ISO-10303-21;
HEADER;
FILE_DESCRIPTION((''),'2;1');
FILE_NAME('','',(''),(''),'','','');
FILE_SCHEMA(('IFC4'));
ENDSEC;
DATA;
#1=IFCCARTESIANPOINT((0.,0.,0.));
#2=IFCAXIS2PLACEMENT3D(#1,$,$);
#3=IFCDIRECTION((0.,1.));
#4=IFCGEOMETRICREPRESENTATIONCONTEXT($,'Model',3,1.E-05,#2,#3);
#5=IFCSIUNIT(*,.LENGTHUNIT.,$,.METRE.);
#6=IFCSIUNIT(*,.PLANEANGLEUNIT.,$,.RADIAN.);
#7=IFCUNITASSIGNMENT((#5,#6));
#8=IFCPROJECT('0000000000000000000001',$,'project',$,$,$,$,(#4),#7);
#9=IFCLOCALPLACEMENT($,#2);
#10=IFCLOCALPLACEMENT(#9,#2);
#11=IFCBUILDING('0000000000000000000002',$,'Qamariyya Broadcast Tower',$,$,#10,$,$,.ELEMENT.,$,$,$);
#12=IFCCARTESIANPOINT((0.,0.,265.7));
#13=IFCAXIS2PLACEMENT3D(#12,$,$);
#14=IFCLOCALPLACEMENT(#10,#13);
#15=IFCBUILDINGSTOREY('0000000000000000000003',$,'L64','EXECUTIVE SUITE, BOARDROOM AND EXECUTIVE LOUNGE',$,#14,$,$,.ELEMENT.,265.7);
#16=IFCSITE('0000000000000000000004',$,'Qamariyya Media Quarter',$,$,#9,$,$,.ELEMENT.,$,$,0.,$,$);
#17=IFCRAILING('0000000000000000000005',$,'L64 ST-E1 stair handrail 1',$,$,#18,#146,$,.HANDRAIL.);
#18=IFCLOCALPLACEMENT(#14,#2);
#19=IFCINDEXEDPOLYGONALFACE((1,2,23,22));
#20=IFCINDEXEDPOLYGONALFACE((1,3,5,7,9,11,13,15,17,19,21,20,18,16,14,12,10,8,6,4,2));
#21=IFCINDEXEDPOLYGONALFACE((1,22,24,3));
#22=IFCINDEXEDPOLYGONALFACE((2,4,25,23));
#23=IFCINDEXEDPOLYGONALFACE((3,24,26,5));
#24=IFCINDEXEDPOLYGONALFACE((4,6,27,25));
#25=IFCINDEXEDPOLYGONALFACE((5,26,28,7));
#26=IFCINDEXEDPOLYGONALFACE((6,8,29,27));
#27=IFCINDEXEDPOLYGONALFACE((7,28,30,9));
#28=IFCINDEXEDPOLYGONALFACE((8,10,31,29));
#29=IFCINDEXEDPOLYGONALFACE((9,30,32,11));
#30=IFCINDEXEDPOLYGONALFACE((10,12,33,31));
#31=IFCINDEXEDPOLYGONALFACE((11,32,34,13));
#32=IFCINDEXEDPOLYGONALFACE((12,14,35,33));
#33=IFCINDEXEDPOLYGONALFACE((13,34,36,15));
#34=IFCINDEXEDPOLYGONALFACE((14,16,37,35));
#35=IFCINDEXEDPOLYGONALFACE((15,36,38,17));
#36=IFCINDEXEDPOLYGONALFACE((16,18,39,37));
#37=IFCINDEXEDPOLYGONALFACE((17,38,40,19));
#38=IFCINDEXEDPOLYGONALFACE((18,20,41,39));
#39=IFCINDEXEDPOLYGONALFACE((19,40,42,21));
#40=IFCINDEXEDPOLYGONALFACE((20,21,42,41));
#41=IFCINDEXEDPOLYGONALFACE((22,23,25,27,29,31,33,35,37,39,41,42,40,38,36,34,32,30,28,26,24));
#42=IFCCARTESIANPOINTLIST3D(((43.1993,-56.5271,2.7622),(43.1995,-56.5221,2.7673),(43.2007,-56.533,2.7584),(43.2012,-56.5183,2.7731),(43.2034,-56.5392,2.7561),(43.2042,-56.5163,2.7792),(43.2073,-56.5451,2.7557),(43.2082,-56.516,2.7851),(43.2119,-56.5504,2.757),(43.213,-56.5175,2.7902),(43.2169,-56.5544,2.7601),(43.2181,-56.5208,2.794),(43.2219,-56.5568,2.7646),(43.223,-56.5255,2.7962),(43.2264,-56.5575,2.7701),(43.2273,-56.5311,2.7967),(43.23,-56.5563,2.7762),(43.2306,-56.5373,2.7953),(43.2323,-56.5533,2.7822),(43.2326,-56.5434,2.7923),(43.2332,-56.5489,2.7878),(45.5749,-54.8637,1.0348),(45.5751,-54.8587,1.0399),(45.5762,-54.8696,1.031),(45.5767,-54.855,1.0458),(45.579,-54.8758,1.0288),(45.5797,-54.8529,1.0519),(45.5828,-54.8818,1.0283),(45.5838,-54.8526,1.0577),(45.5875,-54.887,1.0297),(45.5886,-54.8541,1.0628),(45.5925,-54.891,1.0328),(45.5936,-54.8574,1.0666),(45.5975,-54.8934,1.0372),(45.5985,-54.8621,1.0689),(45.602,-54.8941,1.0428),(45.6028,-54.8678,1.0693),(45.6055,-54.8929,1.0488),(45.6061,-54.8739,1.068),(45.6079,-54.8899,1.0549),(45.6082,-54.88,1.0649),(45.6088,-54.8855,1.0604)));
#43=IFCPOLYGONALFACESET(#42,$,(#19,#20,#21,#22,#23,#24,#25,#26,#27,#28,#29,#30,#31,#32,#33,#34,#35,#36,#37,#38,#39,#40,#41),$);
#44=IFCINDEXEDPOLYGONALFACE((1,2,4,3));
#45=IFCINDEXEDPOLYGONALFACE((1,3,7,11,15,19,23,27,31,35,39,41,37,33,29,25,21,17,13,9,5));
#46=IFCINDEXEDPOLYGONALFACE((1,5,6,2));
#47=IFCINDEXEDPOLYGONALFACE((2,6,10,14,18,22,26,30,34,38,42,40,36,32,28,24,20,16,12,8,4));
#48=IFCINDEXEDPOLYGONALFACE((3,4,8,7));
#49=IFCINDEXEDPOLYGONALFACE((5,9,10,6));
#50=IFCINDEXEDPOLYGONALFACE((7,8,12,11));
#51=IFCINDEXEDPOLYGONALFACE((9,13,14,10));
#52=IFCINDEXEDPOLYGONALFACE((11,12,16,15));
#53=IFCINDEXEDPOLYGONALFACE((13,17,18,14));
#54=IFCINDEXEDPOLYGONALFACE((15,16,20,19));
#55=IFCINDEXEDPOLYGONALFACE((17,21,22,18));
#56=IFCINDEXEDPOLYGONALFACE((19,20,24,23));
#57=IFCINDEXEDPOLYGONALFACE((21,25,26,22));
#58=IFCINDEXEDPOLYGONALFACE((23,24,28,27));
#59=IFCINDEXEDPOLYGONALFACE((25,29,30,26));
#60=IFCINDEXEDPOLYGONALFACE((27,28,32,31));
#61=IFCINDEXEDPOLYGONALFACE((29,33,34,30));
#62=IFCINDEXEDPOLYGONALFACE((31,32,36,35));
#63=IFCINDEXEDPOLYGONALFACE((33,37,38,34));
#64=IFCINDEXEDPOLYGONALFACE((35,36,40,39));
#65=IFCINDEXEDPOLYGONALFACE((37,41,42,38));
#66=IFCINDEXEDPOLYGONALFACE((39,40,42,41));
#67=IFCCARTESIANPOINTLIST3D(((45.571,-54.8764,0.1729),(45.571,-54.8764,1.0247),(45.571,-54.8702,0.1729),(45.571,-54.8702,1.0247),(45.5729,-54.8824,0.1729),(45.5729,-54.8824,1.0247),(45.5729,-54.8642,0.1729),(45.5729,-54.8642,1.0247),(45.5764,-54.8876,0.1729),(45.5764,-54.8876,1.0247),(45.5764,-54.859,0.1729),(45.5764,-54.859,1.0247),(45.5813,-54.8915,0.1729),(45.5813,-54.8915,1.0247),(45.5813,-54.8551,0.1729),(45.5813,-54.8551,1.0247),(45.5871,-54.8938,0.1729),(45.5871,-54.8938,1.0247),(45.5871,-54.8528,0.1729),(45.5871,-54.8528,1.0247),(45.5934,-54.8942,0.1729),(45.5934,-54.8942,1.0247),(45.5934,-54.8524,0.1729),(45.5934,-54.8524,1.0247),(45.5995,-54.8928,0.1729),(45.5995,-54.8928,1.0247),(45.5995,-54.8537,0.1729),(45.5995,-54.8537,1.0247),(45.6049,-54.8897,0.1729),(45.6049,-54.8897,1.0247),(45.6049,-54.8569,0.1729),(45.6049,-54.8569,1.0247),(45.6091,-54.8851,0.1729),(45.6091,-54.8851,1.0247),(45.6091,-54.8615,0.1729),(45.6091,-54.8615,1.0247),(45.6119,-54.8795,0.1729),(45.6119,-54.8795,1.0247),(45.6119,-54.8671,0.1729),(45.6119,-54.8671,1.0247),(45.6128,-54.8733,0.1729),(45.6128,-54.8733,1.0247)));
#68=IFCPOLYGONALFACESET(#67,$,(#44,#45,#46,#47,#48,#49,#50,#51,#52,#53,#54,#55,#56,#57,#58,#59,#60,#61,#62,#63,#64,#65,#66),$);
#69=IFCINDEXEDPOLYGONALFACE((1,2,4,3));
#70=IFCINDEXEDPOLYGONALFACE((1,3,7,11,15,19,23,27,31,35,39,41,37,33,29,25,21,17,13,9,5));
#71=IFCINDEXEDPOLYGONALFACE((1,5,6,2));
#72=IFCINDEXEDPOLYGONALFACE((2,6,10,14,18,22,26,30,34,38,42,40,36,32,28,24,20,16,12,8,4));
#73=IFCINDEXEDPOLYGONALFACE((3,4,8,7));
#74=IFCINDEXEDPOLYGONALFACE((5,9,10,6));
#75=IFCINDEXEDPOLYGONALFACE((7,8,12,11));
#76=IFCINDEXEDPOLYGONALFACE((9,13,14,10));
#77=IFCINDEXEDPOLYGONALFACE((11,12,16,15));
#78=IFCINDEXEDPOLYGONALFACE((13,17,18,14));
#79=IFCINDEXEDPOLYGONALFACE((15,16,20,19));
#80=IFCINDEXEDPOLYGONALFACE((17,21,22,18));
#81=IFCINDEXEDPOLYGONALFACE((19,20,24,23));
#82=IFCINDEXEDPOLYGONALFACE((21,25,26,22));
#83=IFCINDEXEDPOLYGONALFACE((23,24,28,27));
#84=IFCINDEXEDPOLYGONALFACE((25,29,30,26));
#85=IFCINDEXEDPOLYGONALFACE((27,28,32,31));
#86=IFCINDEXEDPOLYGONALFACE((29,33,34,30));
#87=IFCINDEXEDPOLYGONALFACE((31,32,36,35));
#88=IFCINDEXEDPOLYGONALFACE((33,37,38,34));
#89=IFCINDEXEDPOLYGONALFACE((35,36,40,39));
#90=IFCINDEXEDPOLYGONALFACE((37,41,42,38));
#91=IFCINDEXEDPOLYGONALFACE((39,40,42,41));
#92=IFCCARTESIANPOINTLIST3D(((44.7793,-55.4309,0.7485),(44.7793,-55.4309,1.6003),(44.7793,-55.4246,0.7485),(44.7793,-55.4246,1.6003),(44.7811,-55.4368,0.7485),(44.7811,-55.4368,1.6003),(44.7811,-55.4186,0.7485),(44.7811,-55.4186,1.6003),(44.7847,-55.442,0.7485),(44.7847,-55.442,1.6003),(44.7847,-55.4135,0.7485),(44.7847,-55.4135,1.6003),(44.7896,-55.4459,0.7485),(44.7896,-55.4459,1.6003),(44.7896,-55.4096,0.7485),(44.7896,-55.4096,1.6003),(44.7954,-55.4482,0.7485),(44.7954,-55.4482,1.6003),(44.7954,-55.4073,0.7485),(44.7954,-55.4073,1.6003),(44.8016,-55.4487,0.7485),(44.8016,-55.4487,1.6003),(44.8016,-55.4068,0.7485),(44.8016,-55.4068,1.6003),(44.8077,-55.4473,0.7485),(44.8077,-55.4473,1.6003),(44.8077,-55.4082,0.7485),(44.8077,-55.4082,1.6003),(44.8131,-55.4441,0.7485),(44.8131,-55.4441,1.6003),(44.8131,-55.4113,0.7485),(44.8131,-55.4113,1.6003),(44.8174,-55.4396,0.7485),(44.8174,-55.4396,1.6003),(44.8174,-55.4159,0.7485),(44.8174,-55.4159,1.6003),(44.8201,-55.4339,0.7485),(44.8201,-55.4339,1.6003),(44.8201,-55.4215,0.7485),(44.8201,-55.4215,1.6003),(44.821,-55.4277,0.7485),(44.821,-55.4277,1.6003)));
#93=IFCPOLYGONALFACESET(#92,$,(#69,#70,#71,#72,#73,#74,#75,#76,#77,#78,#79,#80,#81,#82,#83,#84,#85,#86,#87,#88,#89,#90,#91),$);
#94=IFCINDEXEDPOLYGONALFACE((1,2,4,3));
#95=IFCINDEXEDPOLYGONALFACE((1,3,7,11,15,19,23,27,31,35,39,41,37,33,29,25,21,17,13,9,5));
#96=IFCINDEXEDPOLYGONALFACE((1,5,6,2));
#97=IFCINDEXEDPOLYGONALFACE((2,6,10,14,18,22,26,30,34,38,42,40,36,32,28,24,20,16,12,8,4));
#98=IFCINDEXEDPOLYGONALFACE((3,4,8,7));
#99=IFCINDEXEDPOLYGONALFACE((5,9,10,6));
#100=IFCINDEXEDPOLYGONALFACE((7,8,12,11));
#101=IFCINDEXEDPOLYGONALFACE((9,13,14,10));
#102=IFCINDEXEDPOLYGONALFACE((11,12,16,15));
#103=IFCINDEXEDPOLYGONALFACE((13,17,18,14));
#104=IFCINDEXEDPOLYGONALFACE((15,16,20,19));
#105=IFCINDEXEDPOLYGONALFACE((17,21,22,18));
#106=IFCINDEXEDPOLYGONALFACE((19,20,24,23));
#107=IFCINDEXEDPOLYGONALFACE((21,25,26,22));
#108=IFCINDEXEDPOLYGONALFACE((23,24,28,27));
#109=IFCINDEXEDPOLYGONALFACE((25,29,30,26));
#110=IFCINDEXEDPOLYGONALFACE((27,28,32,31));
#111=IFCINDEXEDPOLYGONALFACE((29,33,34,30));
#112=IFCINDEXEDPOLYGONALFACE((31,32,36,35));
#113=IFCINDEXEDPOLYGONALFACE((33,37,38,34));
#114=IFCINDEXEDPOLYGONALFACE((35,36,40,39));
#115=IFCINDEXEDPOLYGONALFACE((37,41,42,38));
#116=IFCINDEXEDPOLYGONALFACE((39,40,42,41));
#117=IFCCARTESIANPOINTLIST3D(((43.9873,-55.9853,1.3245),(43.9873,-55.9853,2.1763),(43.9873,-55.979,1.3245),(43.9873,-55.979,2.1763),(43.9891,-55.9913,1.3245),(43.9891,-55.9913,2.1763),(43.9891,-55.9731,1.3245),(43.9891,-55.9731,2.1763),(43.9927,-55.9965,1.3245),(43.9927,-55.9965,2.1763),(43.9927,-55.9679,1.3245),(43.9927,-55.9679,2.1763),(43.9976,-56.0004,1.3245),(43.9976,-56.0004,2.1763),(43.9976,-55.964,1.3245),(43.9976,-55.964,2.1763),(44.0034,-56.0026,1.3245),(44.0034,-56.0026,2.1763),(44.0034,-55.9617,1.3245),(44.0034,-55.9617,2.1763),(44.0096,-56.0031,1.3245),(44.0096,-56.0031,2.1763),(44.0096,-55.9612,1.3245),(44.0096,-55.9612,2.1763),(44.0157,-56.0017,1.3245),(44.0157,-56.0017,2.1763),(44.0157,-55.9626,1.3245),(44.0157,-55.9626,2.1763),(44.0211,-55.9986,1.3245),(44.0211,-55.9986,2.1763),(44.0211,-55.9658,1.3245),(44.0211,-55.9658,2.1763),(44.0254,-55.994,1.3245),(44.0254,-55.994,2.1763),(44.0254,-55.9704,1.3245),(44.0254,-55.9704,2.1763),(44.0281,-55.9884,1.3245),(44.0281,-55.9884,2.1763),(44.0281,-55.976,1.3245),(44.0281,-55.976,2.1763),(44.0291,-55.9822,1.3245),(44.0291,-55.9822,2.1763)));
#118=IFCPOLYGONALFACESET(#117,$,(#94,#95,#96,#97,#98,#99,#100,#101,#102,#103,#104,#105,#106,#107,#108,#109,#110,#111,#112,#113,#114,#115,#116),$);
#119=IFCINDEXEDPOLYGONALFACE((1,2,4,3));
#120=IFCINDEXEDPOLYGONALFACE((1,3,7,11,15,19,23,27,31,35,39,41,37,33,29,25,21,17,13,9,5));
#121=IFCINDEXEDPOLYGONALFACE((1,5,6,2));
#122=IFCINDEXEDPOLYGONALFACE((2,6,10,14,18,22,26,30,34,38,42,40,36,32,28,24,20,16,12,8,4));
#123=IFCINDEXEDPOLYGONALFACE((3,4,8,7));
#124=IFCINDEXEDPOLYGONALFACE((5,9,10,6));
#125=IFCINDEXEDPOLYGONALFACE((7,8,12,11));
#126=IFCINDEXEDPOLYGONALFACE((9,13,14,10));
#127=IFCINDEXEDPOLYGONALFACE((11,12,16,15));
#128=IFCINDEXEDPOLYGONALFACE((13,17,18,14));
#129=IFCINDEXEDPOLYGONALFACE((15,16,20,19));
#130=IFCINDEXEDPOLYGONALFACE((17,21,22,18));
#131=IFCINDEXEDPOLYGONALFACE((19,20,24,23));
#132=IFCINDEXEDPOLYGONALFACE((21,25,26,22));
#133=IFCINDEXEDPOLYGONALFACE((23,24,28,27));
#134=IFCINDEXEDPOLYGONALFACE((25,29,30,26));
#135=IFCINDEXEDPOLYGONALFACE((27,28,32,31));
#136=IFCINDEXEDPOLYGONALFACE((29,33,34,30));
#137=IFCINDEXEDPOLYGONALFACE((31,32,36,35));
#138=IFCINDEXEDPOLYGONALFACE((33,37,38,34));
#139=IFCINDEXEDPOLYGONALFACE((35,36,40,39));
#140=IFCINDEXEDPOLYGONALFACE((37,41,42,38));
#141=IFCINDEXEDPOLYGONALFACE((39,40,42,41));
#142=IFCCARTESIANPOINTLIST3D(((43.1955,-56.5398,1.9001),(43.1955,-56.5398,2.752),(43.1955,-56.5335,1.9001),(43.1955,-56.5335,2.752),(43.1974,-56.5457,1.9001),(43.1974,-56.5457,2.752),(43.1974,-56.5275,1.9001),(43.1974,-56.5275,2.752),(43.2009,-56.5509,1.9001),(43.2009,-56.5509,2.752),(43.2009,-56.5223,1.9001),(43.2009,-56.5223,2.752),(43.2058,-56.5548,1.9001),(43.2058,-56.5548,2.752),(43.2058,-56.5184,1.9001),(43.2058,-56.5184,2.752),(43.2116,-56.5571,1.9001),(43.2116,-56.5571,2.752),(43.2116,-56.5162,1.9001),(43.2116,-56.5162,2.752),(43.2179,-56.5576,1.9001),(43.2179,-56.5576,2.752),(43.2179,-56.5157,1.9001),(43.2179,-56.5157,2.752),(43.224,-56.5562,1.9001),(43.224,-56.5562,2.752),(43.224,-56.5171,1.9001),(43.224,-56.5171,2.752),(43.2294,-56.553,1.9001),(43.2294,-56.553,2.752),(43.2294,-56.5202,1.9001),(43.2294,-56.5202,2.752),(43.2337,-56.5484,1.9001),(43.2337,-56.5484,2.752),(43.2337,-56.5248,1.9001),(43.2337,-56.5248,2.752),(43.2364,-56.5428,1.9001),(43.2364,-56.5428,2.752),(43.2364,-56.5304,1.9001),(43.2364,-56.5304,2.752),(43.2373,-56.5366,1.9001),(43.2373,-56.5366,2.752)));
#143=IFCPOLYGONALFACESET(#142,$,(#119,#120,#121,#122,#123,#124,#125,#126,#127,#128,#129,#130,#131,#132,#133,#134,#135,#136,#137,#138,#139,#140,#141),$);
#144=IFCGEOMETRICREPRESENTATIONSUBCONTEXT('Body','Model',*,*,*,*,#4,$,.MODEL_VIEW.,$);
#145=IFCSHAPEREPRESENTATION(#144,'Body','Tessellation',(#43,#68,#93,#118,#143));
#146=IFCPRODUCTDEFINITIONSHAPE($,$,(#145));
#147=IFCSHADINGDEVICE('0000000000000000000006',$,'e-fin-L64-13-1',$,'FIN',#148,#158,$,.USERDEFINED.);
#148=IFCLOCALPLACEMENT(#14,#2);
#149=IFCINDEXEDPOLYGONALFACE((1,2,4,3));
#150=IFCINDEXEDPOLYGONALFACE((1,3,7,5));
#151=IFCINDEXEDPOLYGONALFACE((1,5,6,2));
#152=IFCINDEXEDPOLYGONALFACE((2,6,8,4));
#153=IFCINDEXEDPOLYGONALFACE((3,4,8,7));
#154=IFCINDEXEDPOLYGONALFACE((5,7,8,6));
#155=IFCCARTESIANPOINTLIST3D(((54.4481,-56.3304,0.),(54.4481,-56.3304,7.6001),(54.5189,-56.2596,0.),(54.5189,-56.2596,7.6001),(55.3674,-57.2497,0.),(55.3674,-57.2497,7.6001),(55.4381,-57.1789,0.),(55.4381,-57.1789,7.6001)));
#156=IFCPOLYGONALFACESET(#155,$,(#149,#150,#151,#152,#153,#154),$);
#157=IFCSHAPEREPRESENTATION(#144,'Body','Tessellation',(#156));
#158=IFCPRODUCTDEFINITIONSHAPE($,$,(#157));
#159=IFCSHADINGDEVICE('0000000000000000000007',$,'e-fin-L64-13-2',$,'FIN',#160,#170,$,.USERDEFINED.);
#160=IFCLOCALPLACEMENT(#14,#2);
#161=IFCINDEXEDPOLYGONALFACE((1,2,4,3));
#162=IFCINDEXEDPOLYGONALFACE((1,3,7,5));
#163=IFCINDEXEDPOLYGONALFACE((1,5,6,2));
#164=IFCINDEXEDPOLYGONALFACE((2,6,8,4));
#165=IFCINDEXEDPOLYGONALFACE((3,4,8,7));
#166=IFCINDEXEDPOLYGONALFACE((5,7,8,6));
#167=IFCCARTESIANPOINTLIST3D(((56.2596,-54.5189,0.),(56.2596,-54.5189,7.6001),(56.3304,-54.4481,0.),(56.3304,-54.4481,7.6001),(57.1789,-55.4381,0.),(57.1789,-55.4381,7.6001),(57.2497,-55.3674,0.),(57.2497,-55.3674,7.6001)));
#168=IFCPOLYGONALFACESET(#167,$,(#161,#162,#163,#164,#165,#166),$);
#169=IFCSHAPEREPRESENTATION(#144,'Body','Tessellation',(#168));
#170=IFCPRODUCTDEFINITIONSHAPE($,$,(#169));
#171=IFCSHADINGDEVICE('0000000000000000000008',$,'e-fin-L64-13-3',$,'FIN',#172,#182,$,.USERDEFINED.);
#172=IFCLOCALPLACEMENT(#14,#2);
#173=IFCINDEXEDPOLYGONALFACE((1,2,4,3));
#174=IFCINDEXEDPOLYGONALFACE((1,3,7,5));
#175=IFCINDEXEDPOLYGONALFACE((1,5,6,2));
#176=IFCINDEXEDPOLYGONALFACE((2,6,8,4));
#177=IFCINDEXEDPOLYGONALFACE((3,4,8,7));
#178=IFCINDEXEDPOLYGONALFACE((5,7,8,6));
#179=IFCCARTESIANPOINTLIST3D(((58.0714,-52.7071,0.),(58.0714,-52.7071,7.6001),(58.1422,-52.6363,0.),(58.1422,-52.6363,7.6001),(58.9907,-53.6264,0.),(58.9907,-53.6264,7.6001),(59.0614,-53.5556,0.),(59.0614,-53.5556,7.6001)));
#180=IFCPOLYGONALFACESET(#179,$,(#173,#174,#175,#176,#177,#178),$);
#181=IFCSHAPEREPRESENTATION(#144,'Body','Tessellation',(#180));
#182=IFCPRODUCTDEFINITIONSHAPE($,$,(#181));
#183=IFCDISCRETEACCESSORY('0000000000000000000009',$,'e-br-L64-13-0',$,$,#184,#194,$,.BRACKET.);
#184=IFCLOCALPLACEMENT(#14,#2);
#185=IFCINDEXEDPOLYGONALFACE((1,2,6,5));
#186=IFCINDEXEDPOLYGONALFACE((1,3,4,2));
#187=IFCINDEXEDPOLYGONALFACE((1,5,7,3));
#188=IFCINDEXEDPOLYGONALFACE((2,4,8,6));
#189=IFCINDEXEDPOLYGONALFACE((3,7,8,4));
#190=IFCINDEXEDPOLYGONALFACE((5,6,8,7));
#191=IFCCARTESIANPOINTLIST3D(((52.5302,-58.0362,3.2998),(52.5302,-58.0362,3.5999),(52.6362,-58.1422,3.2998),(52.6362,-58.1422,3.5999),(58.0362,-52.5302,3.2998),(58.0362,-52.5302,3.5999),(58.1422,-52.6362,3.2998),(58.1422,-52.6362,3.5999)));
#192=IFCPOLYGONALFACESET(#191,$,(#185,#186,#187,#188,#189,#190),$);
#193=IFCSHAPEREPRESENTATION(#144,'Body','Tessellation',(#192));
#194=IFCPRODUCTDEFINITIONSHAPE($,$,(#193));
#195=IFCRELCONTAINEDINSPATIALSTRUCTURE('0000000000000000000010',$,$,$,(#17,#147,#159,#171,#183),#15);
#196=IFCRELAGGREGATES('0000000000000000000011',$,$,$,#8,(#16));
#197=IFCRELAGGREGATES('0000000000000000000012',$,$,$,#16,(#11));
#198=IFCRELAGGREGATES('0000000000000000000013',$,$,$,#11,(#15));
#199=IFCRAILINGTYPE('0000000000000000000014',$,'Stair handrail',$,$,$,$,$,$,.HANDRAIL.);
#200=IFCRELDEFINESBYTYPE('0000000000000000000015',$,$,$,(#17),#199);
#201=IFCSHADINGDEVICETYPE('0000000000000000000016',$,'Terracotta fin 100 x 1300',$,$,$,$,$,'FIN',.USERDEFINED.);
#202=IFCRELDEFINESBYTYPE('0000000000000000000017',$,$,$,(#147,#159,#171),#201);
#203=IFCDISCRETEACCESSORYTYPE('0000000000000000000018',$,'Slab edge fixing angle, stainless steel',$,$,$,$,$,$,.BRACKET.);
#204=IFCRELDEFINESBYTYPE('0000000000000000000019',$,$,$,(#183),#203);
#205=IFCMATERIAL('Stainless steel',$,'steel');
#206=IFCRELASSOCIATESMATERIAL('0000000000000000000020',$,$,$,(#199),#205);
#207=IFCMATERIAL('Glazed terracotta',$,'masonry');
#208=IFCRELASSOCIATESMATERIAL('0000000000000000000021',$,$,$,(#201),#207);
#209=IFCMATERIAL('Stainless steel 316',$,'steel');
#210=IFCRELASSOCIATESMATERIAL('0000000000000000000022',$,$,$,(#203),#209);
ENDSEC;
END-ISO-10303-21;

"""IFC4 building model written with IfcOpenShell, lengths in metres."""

from ifc_helpers import new_model, si_unit, direction, frame, origin, origin_2d, place, context, subcontext, project, spatial, rectangle, circle, extrude, material, material_profile, profile_set, type_object, element, save


model = new_model("IFC4")

# Units and contexts
model_context = context("Model", 3, precision=1e-05, world=origin(), true_north=direction((0.0, 1.0)))
body_context = subcontext(model_context, "Body", "Model", "MODEL_VIEW")
ifc_project = project(units=[si_unit("LENGTHUNIT", "METRE"), si_unit("PLANEANGLEUNIT", "RADIAN")], contexts=[model_context])

# Site, building, storey
site_placement = place(None, origin())
site = spatial("IfcSite", under=ifc_project, at=site_placement, Name="Qamariyya Media Quarter", CompositionType="ELEMENT", RefElevation=0.0)
building_placement = place(site_placement, origin())
building = spatial("IfcBuilding", under=site, at=building_placement, Name="Qamariyya Broadcast Tower", CompositionType="ELEMENT")
storey_placement = place(building_placement, frame((0.0, 0.0, 265.7)))
storey = spatial("IfcBuildingStorey", under=building, at=storey_placement, Name="L64", Description="EXECUTIVE SUITE, BOARDROOM AND EXECUTIVE LOUNGE", CompositionType="ELEMENT", Elevation=265.7)

# Railing
ifc_material_1 = material(Name="Stainless steel", Category="steel")
railing_type_1 = type_object("IfcRailingType", Name="Stair handrail", PredefinedType="HANDRAIL", material=ifc_material_1)
railing_1_placement = place(storey_placement, frame((45.5918, -54.8733, 0.1729)))
element("IfcRailing", 1, at=railing_1_placement, inside=storey, type_object=railing_type_1, Name="L64 ST-E1 stair handrail 1", PredefinedType="HANDRAIL", context=body_context, shape_type="SweptSolid", body=[
    extrude(circle(Radius=0.0239, at=origin_2d()), frame((0.0, 0.0, 0.876), z_axis=(-0.70377, -0.492784, 0.511734), x_axis=(0.573575, -0.819153, 0.0)), (0.0, 0.0, 1.0), 3.3755),
    extrude(circle(Radius=0.021, at=origin_2d()), origin(), (0.0, 0.0, 1.0), 0.8518),
    extrude(circle(Radius=0.021, at=origin_2d()), frame((-0.7917, -0.5544, 0.5757)), (0.0, 0.0, 1.0), 0.8518),
    extrude(circle(Radius=0.021, at=origin_2d()), frame((-1.5837, -1.1089, 1.1516)), (0.0, 0.0, 1.0), 0.8518),
    extrude(circle(Radius=0.021, at=origin_2d()), frame((-2.3755, -1.6633, 1.7273)), (0.0, 0.0, 1.0), 0.8518),
])

# Shading devices
ifc_material_2 = material(Name="Glazed terracotta", Category="masonry")
ifc_material_profile_1 = material_profile(ifc_material_2, rectangle(XDim=1.3, YDim=0.1001, at=origin_2d()))
ifc_profile_set_1 = profile_set([ifc_material_profile_1], Name="Glazed terracotta")
shading_device_type_1 = type_object("IfcShadingDeviceType", Name="Terracotta fin 100 x 1300", ElementType="FIN", PredefinedType="USERDEFINED", material=ifc_profile_set_1)
for number, where, z_axis, x_axis, name in (
    (2, (54.9431, -56.7546, 0.0), (0.0, 0.0, 1.0), (0.707107, -0.707107, 0.0), "e-fin-L64-13-1"),
    (3, (56.7546, -54.9431, 0.0), (0.0, 0.0, 1.0), (0.707107, -0.707107, 0.0), "e-fin-L64-13-2"),
    (4, (58.5664, -53.1313, 0.0), (0.0, 0.0, 1.0), (0.707107, -0.707107, 0.0), "e-fin-L64-13-3"),
):
    element("IfcShadingDevice", number, at=place(storey_placement, frame(where, z_axis=z_axis, x_axis=x_axis)), inside=storey, type_object=shading_device_type_1, Name=name, ObjectType="FIN", PredefinedType="USERDEFINED", context=body_context, shape_type="SweptSolid", body=[
        extrude(rectangle(XDim=1.3, YDim=0.1001, at=origin_2d()), origin(), (0.0, 0.0, 1.0), 7.6001),
    ])

# Discrete accessory
ifc_material_3 = material(Name="Stainless steel 316", Category="steel")
discrete_accessory_type = type_object("IfcDiscreteAccessoryType", Name="Slab edge fixing angle, stainless steel", PredefinedType="BRACKET", material=ifc_material_3)
discrete_accessory_placement = place(storey_placement, frame((55.3362, -55.3362, 3.2998), z_axis=(0.0, 0.0, 1.0), x_axis=(0.707107, 0.707107, 0.0)))
element("IfcDiscreteAccessory", 5, at=discrete_accessory_placement, inside=storey, type_object=discrete_accessory_type, Name="e-br-L64-13-0", PredefinedType="BRACKET", context=body_context, shape_type="SweptSolid", body=[
    extrude(rectangle(XDim=7.7866, YDim=0.1499, at=origin_2d()), origin(), (0.0, 0.0, 1.0), 0.3),
])

save(model, "model.ifc")
